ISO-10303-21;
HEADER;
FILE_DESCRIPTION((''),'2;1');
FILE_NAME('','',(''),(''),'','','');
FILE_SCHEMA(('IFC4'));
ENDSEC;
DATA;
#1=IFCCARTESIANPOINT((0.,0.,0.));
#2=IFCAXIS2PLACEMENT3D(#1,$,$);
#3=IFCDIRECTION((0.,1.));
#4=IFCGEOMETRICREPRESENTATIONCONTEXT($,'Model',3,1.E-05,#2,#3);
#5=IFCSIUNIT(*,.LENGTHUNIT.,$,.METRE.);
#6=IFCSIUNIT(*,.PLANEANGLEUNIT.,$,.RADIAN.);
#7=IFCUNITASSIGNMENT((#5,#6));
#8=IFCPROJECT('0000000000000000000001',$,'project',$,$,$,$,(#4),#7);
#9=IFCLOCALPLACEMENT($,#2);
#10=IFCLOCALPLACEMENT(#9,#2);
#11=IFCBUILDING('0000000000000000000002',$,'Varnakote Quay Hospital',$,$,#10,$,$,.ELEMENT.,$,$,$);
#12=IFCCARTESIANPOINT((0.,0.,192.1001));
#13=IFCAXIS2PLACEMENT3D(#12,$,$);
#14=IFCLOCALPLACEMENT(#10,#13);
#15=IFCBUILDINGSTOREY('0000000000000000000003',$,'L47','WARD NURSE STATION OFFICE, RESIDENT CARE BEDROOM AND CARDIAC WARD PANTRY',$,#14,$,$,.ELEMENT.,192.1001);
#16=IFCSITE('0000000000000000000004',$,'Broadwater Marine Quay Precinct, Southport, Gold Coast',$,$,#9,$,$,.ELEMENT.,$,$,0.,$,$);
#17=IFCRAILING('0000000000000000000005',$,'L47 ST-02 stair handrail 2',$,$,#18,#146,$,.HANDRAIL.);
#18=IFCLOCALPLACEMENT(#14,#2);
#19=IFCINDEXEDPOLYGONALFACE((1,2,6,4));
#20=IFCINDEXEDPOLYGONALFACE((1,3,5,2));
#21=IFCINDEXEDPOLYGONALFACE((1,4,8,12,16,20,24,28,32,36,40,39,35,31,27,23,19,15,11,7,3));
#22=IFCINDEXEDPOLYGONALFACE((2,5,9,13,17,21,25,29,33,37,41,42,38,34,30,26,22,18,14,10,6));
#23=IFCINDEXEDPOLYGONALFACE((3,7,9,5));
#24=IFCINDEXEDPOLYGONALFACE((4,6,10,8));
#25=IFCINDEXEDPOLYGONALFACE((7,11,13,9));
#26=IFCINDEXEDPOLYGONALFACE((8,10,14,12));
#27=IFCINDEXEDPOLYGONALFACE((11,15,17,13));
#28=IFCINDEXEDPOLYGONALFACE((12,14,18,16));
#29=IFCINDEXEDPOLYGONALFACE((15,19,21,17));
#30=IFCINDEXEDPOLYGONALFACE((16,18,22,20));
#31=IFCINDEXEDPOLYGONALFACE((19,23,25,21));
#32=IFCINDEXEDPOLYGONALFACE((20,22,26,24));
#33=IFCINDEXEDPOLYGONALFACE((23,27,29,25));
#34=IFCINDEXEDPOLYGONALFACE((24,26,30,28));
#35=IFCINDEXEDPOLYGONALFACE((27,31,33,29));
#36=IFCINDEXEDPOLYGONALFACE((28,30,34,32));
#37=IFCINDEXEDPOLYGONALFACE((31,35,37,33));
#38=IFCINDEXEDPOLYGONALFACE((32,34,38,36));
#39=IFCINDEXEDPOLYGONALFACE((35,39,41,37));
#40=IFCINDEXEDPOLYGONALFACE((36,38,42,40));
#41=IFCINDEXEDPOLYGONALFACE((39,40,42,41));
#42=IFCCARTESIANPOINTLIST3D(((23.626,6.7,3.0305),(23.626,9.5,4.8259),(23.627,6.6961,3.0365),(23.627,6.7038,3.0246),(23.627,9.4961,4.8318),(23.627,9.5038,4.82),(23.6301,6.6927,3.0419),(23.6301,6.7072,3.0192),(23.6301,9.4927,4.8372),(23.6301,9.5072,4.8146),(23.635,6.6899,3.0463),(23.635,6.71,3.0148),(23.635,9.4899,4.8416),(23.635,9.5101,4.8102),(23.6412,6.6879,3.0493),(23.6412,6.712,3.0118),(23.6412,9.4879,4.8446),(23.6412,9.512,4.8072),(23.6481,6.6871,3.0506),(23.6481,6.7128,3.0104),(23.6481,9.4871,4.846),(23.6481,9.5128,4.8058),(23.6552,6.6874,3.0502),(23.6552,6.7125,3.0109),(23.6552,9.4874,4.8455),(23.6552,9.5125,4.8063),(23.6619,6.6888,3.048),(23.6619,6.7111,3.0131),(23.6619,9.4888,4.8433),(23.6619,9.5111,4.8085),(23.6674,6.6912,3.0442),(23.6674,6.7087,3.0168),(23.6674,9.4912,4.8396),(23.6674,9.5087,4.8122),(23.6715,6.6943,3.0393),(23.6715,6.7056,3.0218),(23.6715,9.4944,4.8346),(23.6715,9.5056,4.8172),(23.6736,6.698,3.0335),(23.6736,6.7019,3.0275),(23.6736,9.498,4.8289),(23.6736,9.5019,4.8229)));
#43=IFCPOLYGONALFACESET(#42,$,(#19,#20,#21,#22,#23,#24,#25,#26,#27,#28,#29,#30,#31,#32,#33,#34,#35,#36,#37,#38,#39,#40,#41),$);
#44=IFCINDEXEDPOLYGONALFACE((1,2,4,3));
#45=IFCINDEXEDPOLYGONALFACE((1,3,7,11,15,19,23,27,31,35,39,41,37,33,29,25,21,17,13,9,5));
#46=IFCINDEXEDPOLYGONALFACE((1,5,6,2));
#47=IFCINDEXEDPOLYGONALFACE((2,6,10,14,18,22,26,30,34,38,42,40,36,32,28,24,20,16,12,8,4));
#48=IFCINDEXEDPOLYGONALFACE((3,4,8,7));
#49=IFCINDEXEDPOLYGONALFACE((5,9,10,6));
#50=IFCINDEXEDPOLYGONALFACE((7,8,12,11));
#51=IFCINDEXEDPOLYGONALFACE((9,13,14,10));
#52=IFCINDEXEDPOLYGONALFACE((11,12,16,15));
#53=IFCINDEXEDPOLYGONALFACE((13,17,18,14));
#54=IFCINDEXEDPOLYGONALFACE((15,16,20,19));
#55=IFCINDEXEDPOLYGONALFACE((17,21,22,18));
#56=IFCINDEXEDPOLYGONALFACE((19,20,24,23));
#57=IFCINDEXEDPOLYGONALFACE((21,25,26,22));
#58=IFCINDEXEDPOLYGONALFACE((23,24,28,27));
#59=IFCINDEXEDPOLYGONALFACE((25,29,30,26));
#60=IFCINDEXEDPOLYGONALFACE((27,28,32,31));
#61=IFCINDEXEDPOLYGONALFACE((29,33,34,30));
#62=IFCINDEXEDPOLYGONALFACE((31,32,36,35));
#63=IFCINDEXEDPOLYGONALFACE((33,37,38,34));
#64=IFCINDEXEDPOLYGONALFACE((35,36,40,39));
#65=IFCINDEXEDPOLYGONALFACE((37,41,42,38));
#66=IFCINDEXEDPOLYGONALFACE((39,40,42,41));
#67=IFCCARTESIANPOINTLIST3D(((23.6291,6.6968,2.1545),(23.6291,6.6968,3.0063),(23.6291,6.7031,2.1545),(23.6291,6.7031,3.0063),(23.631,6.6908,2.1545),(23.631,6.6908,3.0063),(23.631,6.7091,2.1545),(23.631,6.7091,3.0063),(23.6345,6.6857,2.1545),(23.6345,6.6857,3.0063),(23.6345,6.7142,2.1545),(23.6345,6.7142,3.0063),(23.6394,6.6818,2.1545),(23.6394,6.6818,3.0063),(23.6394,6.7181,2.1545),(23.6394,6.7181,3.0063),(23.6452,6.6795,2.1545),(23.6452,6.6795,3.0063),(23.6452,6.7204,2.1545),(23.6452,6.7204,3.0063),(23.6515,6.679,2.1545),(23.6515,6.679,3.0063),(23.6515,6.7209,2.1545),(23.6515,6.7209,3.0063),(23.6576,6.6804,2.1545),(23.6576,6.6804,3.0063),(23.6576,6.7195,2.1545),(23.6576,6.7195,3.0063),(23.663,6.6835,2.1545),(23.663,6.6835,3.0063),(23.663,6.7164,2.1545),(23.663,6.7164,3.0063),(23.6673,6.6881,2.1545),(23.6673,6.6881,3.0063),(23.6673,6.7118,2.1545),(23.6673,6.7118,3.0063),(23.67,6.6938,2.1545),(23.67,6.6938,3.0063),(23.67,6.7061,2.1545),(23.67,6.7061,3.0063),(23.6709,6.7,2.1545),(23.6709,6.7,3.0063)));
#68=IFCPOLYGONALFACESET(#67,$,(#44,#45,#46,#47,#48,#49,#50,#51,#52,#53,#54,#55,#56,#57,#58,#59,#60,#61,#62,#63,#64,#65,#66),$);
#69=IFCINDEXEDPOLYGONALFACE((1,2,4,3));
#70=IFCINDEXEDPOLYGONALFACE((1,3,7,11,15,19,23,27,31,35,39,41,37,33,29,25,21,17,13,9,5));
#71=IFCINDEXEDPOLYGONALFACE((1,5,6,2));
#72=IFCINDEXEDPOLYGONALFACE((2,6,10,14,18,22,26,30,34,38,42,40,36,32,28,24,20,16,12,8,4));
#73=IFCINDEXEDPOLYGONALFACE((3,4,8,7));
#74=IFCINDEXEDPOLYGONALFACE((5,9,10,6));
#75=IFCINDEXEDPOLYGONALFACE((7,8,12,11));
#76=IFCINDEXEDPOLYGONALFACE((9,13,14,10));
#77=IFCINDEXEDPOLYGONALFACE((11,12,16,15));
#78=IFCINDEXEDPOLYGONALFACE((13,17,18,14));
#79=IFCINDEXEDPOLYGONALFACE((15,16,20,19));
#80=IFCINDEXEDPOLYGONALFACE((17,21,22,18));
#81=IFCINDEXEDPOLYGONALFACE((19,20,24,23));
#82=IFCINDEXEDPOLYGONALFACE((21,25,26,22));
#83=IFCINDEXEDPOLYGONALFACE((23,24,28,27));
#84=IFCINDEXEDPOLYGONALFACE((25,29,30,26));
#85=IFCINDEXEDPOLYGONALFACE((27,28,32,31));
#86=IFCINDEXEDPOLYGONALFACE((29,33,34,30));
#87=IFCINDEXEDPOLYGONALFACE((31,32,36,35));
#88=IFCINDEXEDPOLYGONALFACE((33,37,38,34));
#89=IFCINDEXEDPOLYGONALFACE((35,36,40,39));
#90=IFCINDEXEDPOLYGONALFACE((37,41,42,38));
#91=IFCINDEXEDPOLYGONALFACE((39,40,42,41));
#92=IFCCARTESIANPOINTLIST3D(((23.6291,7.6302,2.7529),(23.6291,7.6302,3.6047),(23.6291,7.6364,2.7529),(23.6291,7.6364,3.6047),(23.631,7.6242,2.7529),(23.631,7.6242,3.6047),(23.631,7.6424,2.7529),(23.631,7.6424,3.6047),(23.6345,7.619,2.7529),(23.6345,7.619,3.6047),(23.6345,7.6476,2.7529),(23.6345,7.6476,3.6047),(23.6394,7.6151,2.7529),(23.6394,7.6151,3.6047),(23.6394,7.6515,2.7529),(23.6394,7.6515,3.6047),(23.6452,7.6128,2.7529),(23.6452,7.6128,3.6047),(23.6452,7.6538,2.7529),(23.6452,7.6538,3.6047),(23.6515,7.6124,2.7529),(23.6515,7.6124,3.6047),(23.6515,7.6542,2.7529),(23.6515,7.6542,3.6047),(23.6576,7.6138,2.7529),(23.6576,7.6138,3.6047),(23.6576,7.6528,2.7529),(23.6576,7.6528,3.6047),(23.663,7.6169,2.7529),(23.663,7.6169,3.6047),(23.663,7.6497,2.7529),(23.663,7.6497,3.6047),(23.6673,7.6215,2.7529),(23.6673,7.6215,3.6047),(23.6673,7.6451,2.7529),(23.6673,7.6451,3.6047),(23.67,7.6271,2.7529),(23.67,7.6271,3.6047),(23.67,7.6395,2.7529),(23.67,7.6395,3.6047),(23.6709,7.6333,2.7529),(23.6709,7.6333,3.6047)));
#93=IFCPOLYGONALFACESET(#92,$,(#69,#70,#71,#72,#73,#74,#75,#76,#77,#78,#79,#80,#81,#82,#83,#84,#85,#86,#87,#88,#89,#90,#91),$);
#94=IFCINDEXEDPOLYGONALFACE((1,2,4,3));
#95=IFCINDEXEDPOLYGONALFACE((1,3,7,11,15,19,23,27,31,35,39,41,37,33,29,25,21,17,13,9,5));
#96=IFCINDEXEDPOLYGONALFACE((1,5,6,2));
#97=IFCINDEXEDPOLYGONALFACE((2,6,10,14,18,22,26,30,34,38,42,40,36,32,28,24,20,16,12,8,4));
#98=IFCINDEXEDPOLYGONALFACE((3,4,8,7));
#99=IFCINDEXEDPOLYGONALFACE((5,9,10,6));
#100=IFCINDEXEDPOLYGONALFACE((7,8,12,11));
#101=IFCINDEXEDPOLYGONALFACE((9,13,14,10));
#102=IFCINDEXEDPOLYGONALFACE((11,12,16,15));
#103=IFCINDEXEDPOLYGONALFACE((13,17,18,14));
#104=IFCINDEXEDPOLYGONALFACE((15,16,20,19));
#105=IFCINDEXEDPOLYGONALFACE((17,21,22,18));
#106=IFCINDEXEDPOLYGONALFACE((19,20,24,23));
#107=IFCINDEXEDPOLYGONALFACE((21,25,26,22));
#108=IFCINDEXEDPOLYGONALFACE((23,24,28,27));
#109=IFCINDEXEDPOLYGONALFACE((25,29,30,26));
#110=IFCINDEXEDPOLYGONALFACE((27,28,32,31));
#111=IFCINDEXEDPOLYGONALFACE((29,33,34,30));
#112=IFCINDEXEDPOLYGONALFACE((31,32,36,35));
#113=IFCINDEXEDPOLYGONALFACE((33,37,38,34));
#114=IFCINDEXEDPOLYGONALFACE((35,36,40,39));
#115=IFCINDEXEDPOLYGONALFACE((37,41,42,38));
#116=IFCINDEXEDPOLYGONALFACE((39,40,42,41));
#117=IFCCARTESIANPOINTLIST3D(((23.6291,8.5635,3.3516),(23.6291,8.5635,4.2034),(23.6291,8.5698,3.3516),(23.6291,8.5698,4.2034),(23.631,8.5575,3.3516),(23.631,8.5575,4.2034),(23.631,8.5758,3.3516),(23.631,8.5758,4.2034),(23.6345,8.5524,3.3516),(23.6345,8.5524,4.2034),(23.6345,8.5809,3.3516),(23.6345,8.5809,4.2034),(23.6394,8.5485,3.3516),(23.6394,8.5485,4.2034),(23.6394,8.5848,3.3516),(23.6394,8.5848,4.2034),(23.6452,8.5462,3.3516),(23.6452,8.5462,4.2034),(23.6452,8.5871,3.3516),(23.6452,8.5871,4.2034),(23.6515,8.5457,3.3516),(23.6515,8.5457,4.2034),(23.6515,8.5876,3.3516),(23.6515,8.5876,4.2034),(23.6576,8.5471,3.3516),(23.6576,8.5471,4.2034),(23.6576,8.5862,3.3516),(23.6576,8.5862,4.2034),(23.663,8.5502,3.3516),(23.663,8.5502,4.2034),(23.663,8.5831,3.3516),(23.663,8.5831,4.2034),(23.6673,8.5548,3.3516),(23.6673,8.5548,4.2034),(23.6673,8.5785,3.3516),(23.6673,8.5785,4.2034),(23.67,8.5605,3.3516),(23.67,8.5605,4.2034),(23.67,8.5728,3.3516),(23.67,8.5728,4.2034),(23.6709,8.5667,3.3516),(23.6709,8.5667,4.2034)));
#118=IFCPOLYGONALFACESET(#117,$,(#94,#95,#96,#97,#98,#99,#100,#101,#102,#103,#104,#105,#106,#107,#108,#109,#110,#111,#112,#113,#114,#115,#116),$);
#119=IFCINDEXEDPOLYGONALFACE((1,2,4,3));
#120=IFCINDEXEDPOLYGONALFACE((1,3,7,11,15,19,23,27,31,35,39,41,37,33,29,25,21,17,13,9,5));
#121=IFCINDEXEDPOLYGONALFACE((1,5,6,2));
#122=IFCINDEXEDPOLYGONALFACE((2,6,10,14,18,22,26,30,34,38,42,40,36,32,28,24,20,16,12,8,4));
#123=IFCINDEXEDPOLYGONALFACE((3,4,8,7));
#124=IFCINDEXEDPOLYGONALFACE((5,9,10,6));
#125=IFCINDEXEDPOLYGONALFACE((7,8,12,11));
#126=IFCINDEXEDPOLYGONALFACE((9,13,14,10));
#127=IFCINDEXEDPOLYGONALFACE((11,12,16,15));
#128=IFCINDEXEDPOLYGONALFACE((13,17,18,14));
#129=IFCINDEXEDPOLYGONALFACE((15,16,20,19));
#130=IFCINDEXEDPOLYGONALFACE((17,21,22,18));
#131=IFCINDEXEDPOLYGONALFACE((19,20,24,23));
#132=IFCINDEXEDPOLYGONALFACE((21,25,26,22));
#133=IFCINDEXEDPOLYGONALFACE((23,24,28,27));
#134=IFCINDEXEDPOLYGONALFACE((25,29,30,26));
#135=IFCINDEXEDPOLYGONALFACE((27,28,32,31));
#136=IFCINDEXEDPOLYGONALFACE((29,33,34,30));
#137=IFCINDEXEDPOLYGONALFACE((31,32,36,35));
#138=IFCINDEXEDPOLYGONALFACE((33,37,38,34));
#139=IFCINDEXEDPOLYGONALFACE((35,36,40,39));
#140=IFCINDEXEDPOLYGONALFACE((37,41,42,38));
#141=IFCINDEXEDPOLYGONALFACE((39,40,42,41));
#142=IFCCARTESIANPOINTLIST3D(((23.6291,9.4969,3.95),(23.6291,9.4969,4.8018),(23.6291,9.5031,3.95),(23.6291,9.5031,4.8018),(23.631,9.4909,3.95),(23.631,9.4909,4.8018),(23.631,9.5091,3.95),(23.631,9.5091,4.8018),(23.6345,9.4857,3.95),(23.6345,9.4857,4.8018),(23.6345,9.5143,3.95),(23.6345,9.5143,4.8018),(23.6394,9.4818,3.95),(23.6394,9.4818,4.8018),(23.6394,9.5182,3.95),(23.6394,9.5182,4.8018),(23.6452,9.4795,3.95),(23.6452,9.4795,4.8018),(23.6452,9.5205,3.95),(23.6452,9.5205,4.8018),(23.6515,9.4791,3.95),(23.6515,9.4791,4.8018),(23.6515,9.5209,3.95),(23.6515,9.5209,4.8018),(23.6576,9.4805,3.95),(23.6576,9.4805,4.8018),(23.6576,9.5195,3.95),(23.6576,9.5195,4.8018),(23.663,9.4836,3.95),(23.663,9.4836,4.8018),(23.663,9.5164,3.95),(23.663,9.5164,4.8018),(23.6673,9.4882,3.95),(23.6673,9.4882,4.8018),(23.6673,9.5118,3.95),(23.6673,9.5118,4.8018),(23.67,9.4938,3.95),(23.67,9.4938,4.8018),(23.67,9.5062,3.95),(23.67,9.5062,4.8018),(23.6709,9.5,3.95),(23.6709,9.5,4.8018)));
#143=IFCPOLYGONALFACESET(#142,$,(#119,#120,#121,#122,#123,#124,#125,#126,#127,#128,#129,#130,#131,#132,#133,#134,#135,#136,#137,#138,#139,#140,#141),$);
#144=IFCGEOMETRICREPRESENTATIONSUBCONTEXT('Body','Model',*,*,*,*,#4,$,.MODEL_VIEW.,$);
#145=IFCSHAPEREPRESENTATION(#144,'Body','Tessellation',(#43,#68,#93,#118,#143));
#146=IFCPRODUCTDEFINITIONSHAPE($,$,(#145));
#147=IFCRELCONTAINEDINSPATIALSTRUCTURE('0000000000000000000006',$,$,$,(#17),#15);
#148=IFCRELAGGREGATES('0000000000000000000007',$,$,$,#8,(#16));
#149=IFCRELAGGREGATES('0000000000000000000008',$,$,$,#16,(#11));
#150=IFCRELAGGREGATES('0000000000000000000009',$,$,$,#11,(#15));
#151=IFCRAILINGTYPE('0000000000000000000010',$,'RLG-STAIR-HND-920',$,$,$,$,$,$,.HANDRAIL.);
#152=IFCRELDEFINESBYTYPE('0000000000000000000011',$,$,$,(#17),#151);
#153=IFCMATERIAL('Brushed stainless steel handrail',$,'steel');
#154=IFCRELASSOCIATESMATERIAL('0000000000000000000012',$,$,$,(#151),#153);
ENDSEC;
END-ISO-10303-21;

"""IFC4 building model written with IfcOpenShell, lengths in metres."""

from ifc_helpers import new_model, si_unit, direction, frame, origin, origin_2d, place, context, subcontext, project, spatial, circle, extrude, material, type_object, element, save


model = new_model("IFC4")

# Units and contexts
model_context = context("Model", 3, precision=1e-05, world=origin(), true_north=direction((0.0, 1.0)))
body_context = subcontext(model_context, "Body", "Model", "MODEL_VIEW")
ifc_project = project(units=[si_unit("LENGTHUNIT", "METRE"), si_unit("PLANEANGLEUNIT", "RADIAN")], contexts=[model_context])

# Site, building, storey
site_placement = place(None, origin())
site = spatial("IfcSite", under=ifc_project, at=site_placement, Name="Broadwater Marine Quay Precinct, Southport, Gold Coast", CompositionType="ELEMENT", RefElevation=0.0)
building_placement = place(site_placement, origin())
building = spatial("IfcBuilding", under=site, at=building_placement, Name="Varnakote Quay Hospital", CompositionType="ELEMENT")
storey_placement = place(building_placement, frame((0.0, 0.0, 192.1001)))
storey = spatial("IfcBuildingStorey", under=building, at=storey_placement, Name="L47", Description="WARD NURSE STATION OFFICE, RESIDENT CARE BEDROOM AND CARDIAC WARD PANTRY", CompositionType="ELEMENT", Elevation=192.1001)

# Railing
ifc_material_1 = material(Name="Brushed stainless steel handrail", Category="steel")
railing_type_1 = type_object("IfcRailingType", Name="RLG-STAIR-HND-920", PredefinedType="HANDRAIL", material=ifc_material_1)
railing_1_placement = place(storey_placement, frame((23.6499, 6.7, 2.1545)))
element("IfcRailing", 1, at=railing_1_placement, inside=storey, type_object=railing_type_1, Name="L47 ST-02 stair handrail 2", PredefinedType="HANDRAIL", context=body_context, shape_type="SweptSolid", body=[
    extrude(circle(Radius=0.0239, at=origin_2d()), frame((0.0, 0.0, 0.876), z_axis=(0.0, 0.84181, 0.539774), x_axis=(-1.0, 0.0, 0.0)), (0.0, 0.0, 1.0), 3.3262),
    extrude(circle(Radius=0.021, at=origin_2d()), origin(), (0.0, 0.0, 1.0), 0.8518),
    extrude(circle(Radius=0.021, at=origin_2d()), frame((0.0, 0.9333, 0.5984)), (0.0, 0.0, 1.0), 0.8518),
    extrude(circle(Radius=0.021, at=origin_2d()), frame((0.0, 1.8667, 1.197)), (0.0, 0.0, 1.0), 0.8518),
    extrude(circle(Radius=0.021, at=origin_2d()), frame((0.0, 2.8, 1.7954)), (0.0, 0.0, 1.0), 0.8518),
])

save(model, "model.ifc")
